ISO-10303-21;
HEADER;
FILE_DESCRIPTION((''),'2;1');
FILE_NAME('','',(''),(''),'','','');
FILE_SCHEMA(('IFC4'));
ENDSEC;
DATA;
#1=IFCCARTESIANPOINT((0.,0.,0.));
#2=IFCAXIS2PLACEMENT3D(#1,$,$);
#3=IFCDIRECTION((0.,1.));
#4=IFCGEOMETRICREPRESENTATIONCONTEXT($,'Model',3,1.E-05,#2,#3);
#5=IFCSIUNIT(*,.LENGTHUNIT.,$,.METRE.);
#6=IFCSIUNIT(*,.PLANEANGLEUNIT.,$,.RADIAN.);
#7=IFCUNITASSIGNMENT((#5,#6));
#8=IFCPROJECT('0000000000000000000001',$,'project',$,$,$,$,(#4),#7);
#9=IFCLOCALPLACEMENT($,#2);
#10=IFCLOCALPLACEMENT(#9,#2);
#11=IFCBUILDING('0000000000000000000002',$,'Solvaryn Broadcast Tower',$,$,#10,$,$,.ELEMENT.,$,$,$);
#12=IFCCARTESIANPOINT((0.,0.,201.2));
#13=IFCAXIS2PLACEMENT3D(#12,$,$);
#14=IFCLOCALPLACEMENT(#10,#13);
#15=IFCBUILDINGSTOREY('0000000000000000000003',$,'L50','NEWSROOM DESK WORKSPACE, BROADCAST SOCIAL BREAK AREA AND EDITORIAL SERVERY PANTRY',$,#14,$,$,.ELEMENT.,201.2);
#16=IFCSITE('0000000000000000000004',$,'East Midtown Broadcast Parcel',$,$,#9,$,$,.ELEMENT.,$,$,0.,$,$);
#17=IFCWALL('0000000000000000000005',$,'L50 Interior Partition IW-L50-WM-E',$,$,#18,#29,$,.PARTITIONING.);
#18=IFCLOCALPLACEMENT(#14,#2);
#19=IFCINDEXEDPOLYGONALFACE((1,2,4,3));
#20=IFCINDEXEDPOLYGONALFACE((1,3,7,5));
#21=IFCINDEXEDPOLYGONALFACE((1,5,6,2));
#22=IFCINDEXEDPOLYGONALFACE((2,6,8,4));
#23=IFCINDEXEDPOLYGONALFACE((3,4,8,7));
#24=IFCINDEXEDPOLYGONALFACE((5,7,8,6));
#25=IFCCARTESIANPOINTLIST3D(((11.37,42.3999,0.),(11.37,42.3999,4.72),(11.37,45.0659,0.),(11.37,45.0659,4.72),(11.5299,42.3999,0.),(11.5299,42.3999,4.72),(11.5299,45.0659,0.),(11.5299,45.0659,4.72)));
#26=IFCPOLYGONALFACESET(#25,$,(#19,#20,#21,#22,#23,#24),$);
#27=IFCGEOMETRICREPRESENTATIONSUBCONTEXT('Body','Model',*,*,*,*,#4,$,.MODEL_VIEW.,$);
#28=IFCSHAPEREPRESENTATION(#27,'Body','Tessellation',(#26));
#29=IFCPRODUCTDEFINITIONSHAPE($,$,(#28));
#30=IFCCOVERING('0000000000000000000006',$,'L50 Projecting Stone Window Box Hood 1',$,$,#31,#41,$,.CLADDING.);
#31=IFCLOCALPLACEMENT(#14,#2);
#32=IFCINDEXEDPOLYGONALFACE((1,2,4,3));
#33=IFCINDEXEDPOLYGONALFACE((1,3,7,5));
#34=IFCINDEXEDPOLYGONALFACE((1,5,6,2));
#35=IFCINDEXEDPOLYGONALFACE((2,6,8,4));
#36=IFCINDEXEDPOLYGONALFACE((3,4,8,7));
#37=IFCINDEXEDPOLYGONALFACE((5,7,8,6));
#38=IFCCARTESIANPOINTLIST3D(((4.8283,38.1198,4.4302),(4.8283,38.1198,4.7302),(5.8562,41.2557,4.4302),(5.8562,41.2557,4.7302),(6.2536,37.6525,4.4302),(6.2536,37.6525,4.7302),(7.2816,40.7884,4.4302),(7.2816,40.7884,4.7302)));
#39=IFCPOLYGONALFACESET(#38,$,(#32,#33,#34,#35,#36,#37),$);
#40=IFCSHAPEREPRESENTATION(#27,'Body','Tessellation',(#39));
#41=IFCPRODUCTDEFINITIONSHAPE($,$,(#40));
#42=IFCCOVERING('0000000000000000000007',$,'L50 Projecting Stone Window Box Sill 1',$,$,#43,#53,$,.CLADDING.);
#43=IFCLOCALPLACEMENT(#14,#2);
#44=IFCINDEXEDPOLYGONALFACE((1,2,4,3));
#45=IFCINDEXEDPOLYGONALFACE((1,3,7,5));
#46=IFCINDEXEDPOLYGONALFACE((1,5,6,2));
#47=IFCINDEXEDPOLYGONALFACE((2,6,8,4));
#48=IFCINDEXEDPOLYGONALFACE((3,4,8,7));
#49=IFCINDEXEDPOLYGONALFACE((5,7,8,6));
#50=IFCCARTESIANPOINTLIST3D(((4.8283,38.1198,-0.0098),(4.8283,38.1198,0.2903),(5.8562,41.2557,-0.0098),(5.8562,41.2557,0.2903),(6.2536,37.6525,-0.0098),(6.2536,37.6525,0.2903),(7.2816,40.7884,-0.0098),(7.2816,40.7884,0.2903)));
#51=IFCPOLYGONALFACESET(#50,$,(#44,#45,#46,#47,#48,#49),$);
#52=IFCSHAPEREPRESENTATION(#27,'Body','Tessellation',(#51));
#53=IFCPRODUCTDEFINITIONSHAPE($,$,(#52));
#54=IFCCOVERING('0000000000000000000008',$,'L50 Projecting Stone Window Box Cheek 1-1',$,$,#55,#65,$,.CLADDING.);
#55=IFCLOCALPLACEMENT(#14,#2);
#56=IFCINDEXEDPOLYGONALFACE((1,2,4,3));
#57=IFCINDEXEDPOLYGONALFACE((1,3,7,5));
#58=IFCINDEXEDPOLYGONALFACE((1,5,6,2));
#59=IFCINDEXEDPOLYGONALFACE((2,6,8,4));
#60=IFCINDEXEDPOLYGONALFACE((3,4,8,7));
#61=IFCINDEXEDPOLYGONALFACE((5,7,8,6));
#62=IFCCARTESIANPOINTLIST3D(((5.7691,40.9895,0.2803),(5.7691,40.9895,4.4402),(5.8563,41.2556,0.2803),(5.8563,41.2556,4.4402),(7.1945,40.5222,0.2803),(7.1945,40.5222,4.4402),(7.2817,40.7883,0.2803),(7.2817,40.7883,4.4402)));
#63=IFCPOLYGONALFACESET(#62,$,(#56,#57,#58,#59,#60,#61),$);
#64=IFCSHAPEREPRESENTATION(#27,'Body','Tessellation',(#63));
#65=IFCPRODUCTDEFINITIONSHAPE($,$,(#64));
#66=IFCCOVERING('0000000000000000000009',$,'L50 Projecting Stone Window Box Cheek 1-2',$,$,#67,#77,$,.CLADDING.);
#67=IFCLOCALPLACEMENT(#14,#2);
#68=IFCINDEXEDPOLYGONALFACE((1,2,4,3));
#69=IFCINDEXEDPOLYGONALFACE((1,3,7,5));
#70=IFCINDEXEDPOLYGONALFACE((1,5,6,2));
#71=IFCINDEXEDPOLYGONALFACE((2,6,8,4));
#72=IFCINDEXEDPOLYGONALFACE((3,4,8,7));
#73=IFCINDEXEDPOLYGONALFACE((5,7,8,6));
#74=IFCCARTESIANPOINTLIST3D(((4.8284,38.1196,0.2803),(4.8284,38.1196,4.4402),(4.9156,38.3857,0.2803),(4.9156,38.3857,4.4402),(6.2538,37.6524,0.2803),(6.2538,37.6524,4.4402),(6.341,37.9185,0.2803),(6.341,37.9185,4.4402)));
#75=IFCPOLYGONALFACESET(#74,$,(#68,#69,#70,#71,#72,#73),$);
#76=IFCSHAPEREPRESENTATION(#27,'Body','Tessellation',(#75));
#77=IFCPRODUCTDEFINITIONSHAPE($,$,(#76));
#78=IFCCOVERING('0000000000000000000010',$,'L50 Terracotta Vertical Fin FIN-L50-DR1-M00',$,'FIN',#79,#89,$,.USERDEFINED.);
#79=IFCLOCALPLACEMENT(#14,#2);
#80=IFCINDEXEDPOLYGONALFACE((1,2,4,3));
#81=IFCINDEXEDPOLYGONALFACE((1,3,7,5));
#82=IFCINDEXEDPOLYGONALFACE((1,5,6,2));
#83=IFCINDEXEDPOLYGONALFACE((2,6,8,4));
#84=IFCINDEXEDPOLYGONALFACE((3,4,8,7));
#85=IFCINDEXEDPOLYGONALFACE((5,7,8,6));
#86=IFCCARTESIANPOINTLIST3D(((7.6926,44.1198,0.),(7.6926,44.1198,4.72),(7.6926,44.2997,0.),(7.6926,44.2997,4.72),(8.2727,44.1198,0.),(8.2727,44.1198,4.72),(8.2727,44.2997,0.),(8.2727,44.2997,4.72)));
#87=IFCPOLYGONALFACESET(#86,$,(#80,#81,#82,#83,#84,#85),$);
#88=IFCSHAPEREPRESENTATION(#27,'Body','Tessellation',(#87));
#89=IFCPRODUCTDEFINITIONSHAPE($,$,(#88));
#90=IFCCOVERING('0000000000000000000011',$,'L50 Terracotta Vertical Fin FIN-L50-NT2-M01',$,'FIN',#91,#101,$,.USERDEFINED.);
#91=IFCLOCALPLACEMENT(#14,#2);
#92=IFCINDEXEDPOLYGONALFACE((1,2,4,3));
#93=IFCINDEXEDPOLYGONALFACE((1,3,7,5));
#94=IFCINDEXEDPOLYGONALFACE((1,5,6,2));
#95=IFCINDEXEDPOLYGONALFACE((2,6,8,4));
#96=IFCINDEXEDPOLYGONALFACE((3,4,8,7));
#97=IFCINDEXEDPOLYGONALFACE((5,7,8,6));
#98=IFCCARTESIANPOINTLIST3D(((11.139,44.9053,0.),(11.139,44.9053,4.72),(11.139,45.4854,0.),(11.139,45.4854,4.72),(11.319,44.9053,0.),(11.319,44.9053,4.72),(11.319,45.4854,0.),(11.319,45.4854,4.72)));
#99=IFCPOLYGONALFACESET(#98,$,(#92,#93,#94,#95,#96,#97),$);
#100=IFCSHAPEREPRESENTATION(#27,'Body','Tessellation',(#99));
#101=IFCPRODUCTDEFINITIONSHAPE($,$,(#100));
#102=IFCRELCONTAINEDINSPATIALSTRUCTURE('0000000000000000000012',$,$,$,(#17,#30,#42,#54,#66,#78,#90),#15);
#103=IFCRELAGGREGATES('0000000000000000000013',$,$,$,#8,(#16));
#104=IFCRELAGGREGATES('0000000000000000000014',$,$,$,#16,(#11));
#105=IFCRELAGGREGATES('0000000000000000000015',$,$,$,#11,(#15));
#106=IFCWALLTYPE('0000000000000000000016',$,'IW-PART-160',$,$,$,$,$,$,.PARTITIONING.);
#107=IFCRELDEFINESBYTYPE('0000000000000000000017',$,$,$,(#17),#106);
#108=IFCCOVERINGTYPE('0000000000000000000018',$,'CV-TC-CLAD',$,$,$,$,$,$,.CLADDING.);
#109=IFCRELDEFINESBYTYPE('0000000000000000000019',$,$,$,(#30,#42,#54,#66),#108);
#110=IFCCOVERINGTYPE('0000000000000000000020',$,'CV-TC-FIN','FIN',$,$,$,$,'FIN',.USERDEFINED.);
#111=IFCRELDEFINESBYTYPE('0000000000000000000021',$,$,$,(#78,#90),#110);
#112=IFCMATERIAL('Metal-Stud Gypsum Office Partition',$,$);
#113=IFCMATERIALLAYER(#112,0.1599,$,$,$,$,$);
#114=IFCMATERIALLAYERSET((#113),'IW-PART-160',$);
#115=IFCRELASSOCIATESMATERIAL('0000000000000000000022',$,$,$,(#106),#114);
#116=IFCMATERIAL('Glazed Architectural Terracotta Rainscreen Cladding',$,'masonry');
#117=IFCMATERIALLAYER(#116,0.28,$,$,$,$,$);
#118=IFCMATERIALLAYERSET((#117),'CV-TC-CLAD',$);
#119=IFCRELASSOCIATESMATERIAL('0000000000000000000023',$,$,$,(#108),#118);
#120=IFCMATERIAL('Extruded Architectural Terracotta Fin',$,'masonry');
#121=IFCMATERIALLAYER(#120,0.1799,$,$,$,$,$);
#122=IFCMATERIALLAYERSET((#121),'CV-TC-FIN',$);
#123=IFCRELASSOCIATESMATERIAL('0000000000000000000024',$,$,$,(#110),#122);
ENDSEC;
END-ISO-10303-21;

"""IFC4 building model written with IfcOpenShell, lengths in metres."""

from ifc_helpers import new_model, si_unit, direction, frame, frame_2d, origin, origin_2d, place, context, subcontext, project, spatial, rectangle, extrude, material, layer, layer_set, type_object, element, save


model = new_model("IFC4")

# Units and contexts
model_context = context("Model", 3, precision=1e-05, world=origin(), true_north=direction((0.0, 1.0)))
body_context = subcontext(model_context, "Body", "Model", "MODEL_VIEW")
ifc_project = project(units=[si_unit("LENGTHUNIT", "METRE"), si_unit("PLANEANGLEUNIT", "RADIAN")], contexts=[model_context])

# Site, building, storey
site_placement = place(None, origin())
site = spatial("IfcSite", under=ifc_project, at=site_placement, Name="East Midtown Broadcast Parcel", CompositionType="ELEMENT", RefElevation=0.0)
building_placement = place(site_placement, origin())
building = spatial("IfcBuilding", under=site, at=building_placement, Name="Solvaryn Broadcast Tower", CompositionType="ELEMENT")
storey_placement = place(building_placement, frame((0.0, 0.0, 201.2)))
storey = spatial("IfcBuildingStorey", under=building, at=storey_placement, Name="L50", Description="NEWSROOM DESK WORKSPACE, BROADCAST SOCIAL BREAK AREA AND EDITORIAL SERVERY PANTRY", CompositionType="ELEMENT", Elevation=201.2)

# Wall
ifc_material_1 = material(Name="Metal-Stud Gypsum Office Partition")
ifc_layer_1 = layer(ifc_material_1, 0.1599)
ifc_layer_set_1 = layer_set([ifc_layer_1], Name="IW-PART-160")
wall_type_1 = type_object("IfcWallType", Name="IW-PART-160", PredefinedType="PARTITIONING", material=ifc_layer_set_1)
wall_1_placement = place(storey_placement, frame((11.45, 42.3999, 0.0), z_axis=(0.0, 0.0, 1.0), x_axis=(0.0, 1.0, 0.0)))
element("IfcWall", 1, at=wall_1_placement, inside=storey, type_object=wall_type_1, Name="L50 Interior Partition IW-L50-WM-E", PredefinedType="PARTITIONING", context=body_context, shape_type="SweptSolid", body=[
    extrude(rectangle(XDim=2.666, YDim=0.1599, at=frame_2d((1.333, 0.0))), origin(), (0.0, 0.0, 1.0), 4.72),
])

# Coverings
ifc_material_2 = material(Name="Glazed Architectural Terracotta Rainscreen Cladding", Category="masonry")
ifc_layer_2 = layer(ifc_material_2, 0.28)
ifc_layer_set_2 = layer_set([ifc_layer_2], Name="CV-TC-CLAD")
covering_type_1 = type_object("IfcCoveringType", Name="CV-TC-CLAD", PredefinedType="CLADDING", material=ifc_layer_set_2)
for number, where, z_axis, x_axis, name in (
    (2, (6.0549, 39.4541, 4.4302), (0.0, 0.0, 1.0), (-0.311506, -0.950244, 0.0), "L50 Projecting Stone Window Box Hood 1"),
    (3, (6.0549, 39.4541, -0.0098), (0.0, 0.0, 1.0), (-0.311506, -0.950244, 0.0), "L50 Projecting Stone Window Box Sill 1"),
):
    element("IfcCovering", number, at=place(storey_placement, frame(where, z_axis=z_axis, x_axis=x_axis)), inside=storey, type_object=covering_type_1, Name=name, PredefinedType="CLADDING", context=body_context, shape_type="SweptSolid", body=[
        extrude(rectangle(XDim=3.3, YDim=1.5, at=origin_2d()), origin(), (0.0, 0.0, 1.0), 0.3),
    ])
for number, where, z_axis, x_axis, name in (
    (4, (6.5254, 40.8889, 0.2803), (0.0, 0.0, 1.0), (-0.311506, -0.950244, 0.0), "L50 Projecting Stone Window Box Cheek 1-1"),
    (5, (5.5847, 38.019, 0.2803), (0.0, 0.0, 1.0), (-0.311506, -0.950244, 0.0), "L50 Projecting Stone Window Box Cheek 1-2"),
):
    element("IfcCovering", number, at=place(storey_placement, frame(where, z_axis=z_axis, x_axis=x_axis)), inside=storey, type_object=covering_type_1, Name=name, PredefinedType="CLADDING", context=body_context, shape_type="SweptSolid", body=[
        extrude(rectangle(XDim=0.28, YDim=1.5, at=origin_2d()), origin(), (0.0, 0.0, 1.0), 4.1599),
    ])
ifc_material_3 = material(Name="Extruded Architectural Terracotta Fin", Category="masonry")
ifc_layer_3 = layer(ifc_material_3, 0.1799)
ifc_layer_set_3 = layer_set([ifc_layer_3], Name="CV-TC-FIN")
covering_type_2 = type_object("IfcCoveringType", Name="CV-TC-FIN", Description="FIN", ElementType="FIN", PredefinedType="USERDEFINED", material=ifc_layer_set_3)
covering_1_placement = place(storey_placement, frame((7.9827, 44.2097, 0.0), z_axis=(0.0, 0.0, 1.0), x_axis=(1.0, 0.0, 0.0)))
element("IfcCovering", 6, at=covering_1_placement, inside=storey, type_object=covering_type_2, Name="L50 Terracotta Vertical Fin FIN-L50-DR1-M00", ObjectType="FIN", PredefinedType="USERDEFINED", context=body_context, shape_type="SweptSolid", body=[
    extrude(rectangle(XDim=0.5801, YDim=0.1799, at=origin_2d()), origin(), (0.0, 0.0, 1.0), 4.72),
])
covering_2_placement = place(storey_placement, frame((11.229, 45.1953, 0.0), z_axis=(0.0, 0.0, 1.0), x_axis=(1.0, 0.0, 0.0)))
element("IfcCovering", 7, at=covering_2_placement, inside=storey, type_object=covering_type_2, Name="L50 Terracotta Vertical Fin FIN-L50-NT2-M01", ObjectType="FIN", PredefinedType="USERDEFINED", context=body_context, shape_type="SweptSolid", body=[
    extrude(rectangle(XDim=0.1799, YDim=0.5801, at=origin_2d()), origin(), (0.0, 0.0, 1.0), 4.72),
])

save(model, "model.ifc")
